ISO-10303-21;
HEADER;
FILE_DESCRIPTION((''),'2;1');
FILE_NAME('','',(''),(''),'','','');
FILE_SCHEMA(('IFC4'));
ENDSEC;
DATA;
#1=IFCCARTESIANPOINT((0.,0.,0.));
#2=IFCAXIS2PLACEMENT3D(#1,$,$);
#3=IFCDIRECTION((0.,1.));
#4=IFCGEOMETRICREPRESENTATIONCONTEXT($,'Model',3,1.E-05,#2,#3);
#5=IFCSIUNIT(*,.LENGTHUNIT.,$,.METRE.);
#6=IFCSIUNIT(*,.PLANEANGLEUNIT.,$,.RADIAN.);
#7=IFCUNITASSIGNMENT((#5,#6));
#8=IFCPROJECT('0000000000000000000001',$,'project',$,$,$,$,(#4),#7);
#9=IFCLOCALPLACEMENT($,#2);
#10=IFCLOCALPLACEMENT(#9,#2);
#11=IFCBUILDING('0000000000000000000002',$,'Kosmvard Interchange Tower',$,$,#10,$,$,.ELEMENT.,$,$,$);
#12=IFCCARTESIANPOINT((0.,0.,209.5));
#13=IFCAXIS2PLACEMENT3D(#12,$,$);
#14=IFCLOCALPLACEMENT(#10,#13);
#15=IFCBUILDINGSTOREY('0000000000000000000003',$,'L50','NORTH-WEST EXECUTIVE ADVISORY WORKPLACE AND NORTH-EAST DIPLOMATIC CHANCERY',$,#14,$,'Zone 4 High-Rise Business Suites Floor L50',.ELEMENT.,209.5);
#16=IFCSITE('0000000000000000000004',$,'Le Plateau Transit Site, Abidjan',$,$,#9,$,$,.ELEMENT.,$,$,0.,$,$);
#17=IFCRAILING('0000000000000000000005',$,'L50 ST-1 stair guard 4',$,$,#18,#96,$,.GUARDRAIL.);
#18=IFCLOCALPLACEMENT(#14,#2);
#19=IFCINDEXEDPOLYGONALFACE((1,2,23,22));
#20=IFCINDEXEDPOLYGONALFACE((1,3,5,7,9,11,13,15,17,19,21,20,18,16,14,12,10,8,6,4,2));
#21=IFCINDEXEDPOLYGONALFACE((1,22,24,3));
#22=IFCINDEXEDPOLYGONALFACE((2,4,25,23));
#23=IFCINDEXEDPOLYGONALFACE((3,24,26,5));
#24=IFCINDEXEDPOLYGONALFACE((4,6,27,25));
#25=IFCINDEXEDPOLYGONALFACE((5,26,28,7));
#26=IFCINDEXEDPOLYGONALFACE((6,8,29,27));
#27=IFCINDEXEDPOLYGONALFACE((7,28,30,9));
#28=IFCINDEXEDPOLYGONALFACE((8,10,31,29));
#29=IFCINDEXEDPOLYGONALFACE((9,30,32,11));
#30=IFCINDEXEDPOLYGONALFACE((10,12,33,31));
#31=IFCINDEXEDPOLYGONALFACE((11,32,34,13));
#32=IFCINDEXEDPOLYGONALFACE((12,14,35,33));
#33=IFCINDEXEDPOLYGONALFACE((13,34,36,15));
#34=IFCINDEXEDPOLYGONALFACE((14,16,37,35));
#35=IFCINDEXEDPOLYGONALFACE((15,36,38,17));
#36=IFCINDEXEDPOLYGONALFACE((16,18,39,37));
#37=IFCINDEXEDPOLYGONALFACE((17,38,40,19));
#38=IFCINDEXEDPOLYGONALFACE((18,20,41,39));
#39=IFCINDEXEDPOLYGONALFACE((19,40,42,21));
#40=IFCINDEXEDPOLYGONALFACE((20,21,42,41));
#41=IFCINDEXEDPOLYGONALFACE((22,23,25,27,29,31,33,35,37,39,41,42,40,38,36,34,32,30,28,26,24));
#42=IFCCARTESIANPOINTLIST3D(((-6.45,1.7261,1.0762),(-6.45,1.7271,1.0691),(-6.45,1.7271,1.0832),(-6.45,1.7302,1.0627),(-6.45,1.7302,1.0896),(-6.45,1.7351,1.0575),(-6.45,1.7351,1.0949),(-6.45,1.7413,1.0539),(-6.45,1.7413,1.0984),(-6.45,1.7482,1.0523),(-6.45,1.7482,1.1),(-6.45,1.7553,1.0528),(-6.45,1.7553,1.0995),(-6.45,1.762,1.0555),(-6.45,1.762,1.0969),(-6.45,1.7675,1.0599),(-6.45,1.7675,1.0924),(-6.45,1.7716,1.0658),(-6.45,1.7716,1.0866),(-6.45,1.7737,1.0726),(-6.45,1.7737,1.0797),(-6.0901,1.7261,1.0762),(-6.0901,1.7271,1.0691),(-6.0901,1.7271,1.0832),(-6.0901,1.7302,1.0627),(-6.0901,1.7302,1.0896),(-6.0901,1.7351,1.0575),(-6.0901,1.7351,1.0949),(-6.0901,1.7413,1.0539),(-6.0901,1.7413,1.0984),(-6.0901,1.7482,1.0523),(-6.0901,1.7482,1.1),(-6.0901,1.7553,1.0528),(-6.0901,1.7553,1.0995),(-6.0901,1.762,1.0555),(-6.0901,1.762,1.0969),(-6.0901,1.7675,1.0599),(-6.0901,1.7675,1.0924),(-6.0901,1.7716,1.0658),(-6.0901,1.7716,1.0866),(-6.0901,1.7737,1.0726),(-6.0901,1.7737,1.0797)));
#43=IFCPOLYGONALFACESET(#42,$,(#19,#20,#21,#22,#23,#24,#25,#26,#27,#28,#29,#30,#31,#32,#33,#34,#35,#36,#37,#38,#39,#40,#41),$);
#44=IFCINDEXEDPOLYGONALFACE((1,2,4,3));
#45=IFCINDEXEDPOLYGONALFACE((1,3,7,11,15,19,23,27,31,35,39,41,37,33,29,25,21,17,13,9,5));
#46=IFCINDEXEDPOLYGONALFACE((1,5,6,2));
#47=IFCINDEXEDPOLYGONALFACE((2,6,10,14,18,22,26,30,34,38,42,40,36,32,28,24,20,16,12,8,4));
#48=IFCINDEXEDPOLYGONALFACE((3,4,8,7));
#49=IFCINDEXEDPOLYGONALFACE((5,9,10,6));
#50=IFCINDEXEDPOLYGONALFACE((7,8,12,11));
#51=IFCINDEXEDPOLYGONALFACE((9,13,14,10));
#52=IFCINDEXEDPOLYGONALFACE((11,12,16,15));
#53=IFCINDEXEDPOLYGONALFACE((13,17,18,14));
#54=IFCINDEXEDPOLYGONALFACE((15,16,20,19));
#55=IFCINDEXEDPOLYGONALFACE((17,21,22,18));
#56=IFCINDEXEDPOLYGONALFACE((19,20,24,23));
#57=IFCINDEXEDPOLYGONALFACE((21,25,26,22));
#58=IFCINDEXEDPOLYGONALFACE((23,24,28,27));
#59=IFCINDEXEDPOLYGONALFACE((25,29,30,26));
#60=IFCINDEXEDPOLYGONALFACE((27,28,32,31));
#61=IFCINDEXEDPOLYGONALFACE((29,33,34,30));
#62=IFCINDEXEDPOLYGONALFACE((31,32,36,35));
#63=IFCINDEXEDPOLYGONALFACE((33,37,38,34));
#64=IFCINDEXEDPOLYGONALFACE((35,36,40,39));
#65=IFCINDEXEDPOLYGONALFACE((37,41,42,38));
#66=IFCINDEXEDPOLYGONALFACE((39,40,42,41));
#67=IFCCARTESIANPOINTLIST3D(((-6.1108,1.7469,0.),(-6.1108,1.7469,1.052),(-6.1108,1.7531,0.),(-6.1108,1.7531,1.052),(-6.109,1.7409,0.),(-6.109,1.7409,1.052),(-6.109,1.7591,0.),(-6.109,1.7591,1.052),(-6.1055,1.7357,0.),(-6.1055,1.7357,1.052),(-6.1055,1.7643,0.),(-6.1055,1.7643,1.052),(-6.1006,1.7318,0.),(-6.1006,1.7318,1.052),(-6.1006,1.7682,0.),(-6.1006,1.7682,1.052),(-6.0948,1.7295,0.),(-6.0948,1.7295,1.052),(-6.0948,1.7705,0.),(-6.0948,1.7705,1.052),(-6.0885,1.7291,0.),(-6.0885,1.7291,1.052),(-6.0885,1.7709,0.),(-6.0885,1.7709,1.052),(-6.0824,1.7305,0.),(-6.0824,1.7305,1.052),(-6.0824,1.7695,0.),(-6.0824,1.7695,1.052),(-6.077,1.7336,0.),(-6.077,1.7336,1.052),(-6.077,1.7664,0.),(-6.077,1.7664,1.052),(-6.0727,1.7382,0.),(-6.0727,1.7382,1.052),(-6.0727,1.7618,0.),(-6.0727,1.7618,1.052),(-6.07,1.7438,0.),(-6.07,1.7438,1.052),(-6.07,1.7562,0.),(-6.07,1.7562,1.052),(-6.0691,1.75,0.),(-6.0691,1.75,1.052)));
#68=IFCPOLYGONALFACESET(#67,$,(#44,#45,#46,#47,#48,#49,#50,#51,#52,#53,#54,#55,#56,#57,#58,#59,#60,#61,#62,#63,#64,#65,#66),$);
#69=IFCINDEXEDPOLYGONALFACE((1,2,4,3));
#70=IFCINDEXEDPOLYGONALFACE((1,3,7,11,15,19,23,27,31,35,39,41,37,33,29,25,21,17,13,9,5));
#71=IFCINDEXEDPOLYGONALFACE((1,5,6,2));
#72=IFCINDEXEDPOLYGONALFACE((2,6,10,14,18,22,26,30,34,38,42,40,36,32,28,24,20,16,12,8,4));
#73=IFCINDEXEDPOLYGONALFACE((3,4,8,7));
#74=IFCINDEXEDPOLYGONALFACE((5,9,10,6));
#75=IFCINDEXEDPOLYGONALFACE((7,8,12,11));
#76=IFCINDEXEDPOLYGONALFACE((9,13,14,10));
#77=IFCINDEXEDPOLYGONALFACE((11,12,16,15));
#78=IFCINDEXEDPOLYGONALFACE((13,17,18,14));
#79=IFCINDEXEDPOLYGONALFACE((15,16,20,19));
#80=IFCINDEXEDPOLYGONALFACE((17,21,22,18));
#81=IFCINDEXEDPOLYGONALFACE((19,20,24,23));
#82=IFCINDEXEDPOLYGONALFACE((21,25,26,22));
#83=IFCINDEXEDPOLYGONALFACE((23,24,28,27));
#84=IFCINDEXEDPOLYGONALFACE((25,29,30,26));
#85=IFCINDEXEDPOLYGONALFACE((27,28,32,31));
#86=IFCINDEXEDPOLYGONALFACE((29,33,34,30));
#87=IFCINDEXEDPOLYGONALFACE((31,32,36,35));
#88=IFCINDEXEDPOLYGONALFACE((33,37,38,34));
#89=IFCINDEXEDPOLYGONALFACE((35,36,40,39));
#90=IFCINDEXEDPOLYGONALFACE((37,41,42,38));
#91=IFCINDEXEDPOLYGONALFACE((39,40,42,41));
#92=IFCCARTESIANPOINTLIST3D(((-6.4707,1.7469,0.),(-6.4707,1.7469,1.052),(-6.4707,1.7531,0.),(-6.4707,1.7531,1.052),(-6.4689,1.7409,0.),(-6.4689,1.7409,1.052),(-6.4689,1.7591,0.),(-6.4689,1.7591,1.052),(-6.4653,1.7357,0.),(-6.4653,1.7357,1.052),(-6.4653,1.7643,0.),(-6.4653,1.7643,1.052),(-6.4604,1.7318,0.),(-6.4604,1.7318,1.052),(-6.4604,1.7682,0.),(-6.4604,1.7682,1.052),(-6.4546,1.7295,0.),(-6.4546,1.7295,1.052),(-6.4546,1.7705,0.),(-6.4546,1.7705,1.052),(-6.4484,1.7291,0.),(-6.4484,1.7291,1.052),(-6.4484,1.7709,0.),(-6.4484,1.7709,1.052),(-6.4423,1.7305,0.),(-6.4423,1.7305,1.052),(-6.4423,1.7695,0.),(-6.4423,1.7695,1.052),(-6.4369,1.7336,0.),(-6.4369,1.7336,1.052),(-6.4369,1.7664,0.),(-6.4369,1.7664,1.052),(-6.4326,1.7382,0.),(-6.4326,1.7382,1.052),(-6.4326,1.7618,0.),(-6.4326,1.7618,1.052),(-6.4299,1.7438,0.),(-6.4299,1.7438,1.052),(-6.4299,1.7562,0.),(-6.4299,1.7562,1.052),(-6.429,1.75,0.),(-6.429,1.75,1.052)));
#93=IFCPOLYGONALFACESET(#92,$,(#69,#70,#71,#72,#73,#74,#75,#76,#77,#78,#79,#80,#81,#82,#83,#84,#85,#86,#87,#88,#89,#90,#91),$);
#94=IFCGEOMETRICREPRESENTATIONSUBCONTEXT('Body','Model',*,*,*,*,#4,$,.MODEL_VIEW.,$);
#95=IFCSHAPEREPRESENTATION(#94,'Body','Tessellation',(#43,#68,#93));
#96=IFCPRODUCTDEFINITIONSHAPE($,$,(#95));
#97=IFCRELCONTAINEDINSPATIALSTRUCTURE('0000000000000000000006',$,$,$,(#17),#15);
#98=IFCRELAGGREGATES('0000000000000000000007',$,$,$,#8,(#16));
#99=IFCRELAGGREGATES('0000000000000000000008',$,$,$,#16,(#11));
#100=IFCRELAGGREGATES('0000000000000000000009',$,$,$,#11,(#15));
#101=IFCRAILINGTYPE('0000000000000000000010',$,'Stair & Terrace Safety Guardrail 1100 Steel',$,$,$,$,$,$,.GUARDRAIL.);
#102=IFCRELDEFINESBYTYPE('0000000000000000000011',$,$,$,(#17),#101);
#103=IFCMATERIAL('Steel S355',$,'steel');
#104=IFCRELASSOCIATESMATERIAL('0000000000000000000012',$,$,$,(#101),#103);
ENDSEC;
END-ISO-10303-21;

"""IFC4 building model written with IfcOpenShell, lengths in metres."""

from ifc_helpers import new_model, si_unit, direction, frame, origin, origin_2d, place, context, subcontext, project, spatial, circle, extrude, source, transform, mapped, material, type_object, element, save


model = new_model("IFC4")

# Units and contexts
model_context = context("Model", 3, precision=1e-05, world=origin(), true_north=direction((0.0, 1.0)))
body_context = subcontext(model_context, "Body", "Model", "MODEL_VIEW")
ifc_project = project(units=[si_unit("LENGTHUNIT", "METRE"), si_unit("PLANEANGLEUNIT", "RADIAN")], contexts=[model_context])

# Site, building, storey
site_placement = place(None, origin())
site = spatial("IfcSite", under=ifc_project, at=site_placement, Name="Le Plateau Transit Site, Abidjan", CompositionType="ELEMENT", RefElevation=0.0)
building_placement = place(site_placement, origin())
building = spatial("IfcBuilding", under=site, at=building_placement, Name="Kosmvard Interchange Tower", CompositionType="ELEMENT")
storey_placement = place(building_placement, frame((0.0, 0.0, 209.5)))
storey = spatial("IfcBuildingStorey", under=building, at=storey_placement, Name="L50", Description="NORTH-WEST EXECUTIVE ADVISORY WORKPLACE AND NORTH-EAST DIPLOMATIC CHANCERY", LongName="Zone 4 High-Rise Business Suites Floor L50", CompositionType="ELEMENT", Elevation=209.5)

# Railing
ifc_material_1 = material(Name="Steel S355", Category="steel")
railing_type_1 = type_object("IfcRailingType", Name="Stair & Terrace Safety Guardrail 1100 Steel", PredefinedType="GUARDRAIL", material=ifc_material_1)
shared_shape_1 = source(origin(), body_context, "Body", "SweptSolid", [
    extrude(circle(Radius=0.0239, at=origin_2d()), frame((0.0, 0.0, 1.0762), z_axis=(-1.0, 0.0, 0.0), x_axis=(0.0, -1.0, 0.0)), (0.0, 0.0, 1.0), 0.3599),
    extrude(circle(Radius=0.021, at=origin_2d()), origin(), (0.0, 0.0, 1.0), 1.052),
    extrude(circle(Radius=0.021, at=origin_2d()), frame((-0.3599, 0.0, 0.0)), (0.0, 0.0, 1.0), 1.052),
])
railing_1_placement = place(storey_placement, frame((-6.0901, 1.75, 0.0)))
element("IfcRailing", 1, at=railing_1_placement, inside=storey, type_object=railing_type_1, Name="L50 ST-1 stair guard 4", PredefinedType="GUARDRAIL", context=body_context, shape_type="MappedRepresentation", body=[
    mapped(shared_shape_1, transform((0.0, 0.0, 0.0), scale=1.0)),
])

save(model, "model.ifc")
